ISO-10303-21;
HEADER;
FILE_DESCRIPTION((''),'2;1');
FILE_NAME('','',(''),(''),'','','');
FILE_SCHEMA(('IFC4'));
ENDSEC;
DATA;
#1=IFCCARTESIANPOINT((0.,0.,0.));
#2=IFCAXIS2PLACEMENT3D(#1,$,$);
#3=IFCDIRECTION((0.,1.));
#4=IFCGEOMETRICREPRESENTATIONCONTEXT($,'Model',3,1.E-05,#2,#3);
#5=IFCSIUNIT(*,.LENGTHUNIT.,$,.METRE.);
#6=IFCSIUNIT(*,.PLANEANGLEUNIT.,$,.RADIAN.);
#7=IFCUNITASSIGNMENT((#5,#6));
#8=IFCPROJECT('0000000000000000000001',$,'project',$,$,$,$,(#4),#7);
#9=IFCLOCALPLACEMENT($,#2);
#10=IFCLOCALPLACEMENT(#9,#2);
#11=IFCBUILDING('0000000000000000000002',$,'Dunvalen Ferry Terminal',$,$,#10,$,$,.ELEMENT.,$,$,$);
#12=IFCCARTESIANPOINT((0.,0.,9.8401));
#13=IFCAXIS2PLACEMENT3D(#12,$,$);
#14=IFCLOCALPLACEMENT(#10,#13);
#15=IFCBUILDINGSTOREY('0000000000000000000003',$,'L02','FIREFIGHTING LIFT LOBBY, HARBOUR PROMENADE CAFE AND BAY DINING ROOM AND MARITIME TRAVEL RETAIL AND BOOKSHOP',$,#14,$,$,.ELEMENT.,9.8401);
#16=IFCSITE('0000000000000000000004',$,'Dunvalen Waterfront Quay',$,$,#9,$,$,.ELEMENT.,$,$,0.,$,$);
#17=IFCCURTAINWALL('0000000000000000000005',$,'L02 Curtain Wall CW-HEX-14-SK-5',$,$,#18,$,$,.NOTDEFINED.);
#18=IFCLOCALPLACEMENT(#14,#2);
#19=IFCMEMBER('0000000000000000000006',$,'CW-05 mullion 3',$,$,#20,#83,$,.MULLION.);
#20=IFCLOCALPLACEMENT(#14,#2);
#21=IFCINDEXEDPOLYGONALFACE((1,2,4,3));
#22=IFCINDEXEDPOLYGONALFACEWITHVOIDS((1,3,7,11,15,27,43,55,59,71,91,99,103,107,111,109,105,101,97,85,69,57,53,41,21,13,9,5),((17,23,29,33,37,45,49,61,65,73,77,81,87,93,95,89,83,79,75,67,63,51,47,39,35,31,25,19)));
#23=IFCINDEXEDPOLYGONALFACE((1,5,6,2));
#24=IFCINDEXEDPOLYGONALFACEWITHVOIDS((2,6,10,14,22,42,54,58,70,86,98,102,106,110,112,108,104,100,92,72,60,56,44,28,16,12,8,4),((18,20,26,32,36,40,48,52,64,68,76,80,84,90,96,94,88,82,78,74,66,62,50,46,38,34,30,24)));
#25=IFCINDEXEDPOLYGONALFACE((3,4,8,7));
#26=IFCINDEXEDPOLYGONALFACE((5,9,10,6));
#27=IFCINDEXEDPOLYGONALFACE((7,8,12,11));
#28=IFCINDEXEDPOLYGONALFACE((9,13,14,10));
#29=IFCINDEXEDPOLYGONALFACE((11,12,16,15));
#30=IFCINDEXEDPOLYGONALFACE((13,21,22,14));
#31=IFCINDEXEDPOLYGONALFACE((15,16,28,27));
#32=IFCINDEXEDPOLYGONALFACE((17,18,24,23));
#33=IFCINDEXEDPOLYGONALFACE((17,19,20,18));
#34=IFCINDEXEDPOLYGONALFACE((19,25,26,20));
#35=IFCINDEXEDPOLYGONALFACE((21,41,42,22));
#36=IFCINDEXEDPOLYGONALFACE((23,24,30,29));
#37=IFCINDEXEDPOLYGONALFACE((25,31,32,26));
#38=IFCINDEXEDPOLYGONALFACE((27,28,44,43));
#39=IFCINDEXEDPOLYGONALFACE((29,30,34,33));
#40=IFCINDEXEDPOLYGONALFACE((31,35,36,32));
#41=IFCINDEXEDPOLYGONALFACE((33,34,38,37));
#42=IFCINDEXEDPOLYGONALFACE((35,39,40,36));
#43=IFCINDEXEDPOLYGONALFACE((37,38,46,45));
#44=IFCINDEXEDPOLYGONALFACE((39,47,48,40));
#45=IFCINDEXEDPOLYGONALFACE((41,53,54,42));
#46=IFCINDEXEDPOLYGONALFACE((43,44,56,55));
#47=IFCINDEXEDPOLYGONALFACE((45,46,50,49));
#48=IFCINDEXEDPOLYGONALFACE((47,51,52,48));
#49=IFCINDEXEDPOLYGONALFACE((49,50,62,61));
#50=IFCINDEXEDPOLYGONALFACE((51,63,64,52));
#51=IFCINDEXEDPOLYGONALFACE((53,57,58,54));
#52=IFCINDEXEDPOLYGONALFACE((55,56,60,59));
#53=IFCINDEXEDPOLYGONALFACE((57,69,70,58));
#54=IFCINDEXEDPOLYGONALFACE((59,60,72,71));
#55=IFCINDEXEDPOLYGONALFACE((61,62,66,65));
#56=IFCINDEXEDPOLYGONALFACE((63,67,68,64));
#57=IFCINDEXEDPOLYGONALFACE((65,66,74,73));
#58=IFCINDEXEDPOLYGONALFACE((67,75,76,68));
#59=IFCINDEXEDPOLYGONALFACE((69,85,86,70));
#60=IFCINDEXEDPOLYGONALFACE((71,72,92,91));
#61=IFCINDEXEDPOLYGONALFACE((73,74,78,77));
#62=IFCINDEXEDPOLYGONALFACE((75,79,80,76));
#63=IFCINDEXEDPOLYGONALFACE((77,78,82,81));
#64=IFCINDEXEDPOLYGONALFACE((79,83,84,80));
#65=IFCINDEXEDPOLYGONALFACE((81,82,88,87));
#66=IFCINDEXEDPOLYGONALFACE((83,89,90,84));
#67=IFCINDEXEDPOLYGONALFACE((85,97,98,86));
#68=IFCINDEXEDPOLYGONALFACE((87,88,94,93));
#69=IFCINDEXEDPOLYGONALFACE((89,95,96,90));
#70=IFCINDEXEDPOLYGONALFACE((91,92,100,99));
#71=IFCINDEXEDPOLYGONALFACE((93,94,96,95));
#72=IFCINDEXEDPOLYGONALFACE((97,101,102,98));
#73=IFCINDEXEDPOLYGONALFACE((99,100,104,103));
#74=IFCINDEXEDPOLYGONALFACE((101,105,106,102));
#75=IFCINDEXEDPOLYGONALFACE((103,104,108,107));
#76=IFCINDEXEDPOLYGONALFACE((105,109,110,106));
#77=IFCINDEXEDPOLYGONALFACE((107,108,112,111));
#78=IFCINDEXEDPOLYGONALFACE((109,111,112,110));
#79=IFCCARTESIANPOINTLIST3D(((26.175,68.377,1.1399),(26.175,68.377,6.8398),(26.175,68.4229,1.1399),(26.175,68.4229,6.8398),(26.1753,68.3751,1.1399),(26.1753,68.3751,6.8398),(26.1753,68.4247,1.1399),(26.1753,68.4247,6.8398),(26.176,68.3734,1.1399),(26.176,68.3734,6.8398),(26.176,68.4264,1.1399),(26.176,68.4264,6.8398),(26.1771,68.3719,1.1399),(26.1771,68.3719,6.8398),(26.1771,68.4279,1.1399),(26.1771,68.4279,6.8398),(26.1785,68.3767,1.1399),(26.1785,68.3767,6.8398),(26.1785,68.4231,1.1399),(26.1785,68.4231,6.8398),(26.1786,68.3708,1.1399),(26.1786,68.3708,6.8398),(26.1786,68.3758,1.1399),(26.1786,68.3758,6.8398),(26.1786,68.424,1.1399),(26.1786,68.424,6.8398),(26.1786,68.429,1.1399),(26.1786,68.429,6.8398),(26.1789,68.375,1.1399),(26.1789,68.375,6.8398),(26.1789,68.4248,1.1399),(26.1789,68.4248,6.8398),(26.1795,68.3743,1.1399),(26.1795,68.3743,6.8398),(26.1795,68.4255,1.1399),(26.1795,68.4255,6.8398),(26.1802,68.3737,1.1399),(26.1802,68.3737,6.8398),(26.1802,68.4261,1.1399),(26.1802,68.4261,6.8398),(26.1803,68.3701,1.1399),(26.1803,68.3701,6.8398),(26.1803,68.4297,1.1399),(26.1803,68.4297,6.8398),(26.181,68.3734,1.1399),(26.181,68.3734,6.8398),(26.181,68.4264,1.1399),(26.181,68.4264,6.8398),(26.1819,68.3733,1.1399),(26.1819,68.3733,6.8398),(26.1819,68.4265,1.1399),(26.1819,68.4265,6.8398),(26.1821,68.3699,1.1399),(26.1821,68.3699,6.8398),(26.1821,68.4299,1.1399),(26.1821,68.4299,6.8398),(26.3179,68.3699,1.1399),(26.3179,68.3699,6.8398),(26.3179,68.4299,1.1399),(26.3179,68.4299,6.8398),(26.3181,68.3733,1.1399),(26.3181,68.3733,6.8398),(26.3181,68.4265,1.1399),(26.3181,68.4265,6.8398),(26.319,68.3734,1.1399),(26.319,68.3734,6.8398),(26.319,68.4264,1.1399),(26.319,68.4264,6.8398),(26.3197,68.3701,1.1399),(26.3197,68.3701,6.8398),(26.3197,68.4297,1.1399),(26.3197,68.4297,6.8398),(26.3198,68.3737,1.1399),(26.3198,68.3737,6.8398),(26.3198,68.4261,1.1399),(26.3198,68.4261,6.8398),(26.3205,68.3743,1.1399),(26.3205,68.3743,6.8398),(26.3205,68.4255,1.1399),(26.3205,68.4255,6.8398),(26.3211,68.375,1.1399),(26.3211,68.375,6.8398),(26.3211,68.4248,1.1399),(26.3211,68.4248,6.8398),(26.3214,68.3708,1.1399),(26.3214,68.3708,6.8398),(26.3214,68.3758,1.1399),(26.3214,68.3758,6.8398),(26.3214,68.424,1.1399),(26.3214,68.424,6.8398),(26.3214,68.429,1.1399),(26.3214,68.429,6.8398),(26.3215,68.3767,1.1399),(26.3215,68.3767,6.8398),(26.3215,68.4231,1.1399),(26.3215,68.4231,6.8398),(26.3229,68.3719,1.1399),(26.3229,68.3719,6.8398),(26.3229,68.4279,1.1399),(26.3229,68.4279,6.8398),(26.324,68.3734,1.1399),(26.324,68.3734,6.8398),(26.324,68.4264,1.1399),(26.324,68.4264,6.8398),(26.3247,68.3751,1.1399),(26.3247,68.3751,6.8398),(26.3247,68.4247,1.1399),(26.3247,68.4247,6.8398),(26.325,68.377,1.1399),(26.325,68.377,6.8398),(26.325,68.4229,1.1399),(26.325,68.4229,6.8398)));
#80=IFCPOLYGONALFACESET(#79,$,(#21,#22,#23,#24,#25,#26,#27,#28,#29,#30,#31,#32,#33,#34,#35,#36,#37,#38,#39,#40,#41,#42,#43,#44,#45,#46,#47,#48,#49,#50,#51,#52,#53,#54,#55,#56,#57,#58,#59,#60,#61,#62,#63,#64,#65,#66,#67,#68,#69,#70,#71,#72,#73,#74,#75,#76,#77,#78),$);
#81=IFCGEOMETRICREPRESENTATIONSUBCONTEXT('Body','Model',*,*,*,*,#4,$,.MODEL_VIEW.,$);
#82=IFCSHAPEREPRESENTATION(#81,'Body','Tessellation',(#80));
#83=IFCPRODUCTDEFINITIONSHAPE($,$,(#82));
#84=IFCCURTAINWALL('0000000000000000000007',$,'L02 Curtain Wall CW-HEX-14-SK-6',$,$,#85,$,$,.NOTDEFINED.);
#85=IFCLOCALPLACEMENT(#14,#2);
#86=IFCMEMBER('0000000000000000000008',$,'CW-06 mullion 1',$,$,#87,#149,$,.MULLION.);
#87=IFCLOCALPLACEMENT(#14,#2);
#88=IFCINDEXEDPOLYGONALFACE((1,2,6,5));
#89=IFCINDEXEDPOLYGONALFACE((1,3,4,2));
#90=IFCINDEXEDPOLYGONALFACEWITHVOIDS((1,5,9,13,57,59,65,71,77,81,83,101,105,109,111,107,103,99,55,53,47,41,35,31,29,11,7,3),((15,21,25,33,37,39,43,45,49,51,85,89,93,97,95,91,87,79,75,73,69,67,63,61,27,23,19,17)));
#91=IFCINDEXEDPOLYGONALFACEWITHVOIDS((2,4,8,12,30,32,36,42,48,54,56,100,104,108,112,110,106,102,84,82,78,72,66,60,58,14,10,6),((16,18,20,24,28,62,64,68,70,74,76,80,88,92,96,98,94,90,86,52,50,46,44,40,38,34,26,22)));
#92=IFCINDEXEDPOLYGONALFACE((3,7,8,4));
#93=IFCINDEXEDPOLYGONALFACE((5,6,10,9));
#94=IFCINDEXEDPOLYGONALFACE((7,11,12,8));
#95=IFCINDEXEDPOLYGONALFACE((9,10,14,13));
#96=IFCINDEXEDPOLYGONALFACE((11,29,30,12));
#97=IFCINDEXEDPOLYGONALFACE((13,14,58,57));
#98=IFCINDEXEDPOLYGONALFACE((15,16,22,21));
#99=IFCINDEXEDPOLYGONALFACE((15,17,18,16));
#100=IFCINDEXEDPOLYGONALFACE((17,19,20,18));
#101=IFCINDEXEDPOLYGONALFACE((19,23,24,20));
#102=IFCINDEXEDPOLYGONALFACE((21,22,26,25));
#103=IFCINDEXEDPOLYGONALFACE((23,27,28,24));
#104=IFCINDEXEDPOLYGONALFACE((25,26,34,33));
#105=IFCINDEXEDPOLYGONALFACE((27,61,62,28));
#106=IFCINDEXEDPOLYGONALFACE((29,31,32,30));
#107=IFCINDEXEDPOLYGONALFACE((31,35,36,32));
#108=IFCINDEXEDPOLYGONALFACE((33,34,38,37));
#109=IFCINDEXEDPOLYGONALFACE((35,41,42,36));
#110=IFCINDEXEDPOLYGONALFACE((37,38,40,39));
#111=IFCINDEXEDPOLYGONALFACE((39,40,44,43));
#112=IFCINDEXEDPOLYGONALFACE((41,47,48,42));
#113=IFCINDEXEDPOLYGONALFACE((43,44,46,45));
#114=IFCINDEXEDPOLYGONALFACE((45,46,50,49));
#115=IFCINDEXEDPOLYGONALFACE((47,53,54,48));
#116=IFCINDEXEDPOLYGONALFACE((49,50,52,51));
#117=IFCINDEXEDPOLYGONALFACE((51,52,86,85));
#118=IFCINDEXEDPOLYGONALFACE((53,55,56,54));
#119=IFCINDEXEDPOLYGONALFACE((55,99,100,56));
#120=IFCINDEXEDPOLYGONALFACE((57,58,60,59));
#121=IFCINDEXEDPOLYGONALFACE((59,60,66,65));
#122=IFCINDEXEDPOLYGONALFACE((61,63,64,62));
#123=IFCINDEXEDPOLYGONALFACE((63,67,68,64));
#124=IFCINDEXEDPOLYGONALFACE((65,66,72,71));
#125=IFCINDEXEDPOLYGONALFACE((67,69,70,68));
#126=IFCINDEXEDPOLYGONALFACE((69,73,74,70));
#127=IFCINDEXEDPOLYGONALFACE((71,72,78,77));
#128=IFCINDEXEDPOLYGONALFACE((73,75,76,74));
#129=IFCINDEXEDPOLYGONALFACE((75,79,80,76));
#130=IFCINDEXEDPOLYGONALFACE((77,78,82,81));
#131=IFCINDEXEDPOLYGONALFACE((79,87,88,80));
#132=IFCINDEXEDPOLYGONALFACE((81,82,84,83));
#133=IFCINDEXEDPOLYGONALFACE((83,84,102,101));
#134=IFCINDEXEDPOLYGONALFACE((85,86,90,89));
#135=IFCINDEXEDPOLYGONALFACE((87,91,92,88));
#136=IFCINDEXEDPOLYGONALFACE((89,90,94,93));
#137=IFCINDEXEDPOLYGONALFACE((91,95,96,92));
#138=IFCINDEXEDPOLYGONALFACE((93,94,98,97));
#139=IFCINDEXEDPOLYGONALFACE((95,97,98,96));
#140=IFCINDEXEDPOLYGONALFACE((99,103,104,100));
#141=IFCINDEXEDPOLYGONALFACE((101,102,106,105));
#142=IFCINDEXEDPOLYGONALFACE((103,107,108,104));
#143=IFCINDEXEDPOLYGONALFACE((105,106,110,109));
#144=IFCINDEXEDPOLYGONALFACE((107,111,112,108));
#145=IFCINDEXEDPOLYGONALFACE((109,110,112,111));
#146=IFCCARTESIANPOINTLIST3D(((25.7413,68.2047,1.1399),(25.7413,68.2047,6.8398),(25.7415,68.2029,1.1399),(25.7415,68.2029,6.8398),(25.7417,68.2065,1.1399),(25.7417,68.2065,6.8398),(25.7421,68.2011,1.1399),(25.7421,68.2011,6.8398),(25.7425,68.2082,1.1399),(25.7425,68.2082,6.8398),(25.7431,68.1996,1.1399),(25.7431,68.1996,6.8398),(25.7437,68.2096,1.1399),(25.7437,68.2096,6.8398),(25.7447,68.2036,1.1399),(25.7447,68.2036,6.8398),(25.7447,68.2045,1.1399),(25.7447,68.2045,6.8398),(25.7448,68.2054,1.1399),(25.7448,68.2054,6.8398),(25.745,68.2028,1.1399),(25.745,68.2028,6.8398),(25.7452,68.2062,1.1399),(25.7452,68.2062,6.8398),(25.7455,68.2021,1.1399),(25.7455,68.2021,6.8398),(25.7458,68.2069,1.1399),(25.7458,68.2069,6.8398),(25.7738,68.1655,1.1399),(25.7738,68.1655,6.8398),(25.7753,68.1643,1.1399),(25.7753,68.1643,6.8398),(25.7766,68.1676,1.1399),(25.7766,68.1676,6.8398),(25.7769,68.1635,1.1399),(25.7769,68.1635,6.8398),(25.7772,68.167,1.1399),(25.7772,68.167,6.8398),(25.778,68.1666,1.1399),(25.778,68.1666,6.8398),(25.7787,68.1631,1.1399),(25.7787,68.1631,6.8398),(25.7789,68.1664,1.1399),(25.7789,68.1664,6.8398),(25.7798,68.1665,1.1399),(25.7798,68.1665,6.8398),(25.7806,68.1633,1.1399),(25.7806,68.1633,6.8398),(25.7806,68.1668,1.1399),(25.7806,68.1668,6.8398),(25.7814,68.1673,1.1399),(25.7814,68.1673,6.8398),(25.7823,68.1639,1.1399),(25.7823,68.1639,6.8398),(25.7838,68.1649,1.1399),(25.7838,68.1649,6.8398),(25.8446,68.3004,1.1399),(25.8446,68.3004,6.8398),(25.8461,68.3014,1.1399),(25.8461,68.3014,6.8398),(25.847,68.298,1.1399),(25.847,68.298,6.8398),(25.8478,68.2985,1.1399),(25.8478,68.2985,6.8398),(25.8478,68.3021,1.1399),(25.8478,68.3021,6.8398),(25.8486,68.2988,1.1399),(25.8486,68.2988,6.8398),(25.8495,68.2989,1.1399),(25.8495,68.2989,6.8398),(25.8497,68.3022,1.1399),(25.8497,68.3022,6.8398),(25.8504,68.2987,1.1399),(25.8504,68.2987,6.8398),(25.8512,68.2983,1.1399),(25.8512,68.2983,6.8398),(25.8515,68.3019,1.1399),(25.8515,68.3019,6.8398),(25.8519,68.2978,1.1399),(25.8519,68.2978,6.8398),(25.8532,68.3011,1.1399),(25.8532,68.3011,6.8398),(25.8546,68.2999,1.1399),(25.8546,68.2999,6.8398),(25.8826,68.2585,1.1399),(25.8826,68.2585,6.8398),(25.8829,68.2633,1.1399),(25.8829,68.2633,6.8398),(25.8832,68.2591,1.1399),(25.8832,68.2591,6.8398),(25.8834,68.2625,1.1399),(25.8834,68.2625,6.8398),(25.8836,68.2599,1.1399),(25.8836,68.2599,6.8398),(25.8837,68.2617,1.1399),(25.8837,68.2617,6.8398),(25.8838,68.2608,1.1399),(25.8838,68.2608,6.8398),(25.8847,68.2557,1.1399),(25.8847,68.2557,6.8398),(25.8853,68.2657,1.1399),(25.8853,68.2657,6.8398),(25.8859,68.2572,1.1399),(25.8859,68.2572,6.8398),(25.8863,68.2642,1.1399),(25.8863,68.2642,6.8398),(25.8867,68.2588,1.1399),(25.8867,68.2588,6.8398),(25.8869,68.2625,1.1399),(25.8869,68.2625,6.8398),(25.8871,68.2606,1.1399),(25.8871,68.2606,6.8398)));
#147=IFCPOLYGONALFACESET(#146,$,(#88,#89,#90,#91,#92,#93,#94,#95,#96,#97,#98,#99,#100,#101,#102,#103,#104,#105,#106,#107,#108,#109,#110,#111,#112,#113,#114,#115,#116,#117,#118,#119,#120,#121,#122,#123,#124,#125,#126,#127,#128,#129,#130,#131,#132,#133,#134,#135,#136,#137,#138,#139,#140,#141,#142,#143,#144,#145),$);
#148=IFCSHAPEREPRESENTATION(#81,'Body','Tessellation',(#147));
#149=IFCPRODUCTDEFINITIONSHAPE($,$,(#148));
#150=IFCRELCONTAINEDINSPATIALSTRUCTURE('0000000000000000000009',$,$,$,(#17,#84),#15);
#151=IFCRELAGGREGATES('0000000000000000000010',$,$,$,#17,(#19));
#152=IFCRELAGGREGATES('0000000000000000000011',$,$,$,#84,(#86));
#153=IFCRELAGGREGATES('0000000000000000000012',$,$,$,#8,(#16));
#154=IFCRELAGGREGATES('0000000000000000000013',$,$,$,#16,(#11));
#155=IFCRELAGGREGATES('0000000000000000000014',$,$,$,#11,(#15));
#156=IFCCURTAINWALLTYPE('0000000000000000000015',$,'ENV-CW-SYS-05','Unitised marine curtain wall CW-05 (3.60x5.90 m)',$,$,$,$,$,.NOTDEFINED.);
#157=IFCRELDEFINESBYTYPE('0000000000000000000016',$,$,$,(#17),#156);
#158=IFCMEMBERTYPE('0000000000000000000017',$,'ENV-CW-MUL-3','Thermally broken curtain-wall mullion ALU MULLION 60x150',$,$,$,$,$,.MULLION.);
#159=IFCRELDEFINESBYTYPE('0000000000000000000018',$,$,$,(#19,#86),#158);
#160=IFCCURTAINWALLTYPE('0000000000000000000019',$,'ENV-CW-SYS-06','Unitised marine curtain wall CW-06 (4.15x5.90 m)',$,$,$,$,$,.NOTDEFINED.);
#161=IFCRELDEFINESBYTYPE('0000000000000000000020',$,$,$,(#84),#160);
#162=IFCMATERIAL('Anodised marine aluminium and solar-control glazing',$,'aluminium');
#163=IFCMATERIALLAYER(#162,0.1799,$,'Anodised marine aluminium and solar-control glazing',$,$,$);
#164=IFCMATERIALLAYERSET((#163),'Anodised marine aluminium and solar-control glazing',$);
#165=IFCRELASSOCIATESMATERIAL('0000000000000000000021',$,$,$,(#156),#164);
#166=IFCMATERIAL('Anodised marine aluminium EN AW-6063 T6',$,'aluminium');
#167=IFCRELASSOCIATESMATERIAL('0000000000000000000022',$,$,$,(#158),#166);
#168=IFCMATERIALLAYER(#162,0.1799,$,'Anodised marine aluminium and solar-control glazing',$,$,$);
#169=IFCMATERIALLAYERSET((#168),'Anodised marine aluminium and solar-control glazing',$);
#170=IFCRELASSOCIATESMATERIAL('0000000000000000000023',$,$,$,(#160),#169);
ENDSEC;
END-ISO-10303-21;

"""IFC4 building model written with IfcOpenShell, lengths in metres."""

from ifc_helpers import new_model, si_unit, direction, frame, origin, origin_2d, place, context, subcontext, project, spatial, hollow_rectangle, extrude, material, layer, layer_set, material_profile, profile_set, type_object, element, aggregate, save


model = new_model("IFC4")

# Units and contexts
model_context = context("Model", 3, precision=1e-05, world=origin(), true_north=direction((0.0, 1.0)))
body_context = subcontext(model_context, "Body", "Model", "MODEL_VIEW")
ifc_project = project(units=[si_unit("LENGTHUNIT", "METRE"), si_unit("PLANEANGLEUNIT", "RADIAN")], contexts=[model_context])

# Site, building, storey
site_placement = place(None, origin())
site = spatial("IfcSite", under=ifc_project, at=site_placement, Name="Dunvalen Waterfront Quay", CompositionType="ELEMENT", RefElevation=0.0)
building_placement = place(site_placement, origin())
building = spatial("IfcBuilding", under=site, at=building_placement, Name="Dunvalen Ferry Terminal", CompositionType="ELEMENT")
storey_placement = place(building_placement, frame((0.0, 0.0, 9.8401)))
storey = spatial("IfcBuildingStorey", under=building, at=storey_placement, Name="L02", Description="FIREFIGHTING LIFT LOBBY, HARBOUR PROMENADE CAFE AND BAY DINING ROOM AND MARITIME TRAVEL RETAIL AND BOOKSHOP", CompositionType="ELEMENT", Elevation=9.8401)

# Curtain walls, members
ifc_material_1 = material(Name="Anodised marine aluminium and solar-control glazing", Category="aluminium")
ifc_layer_1 = layer(ifc_material_1, 0.1799, Name="Anodised marine aluminium and solar-control glazing")
ifc_layer_set_1 = layer_set([ifc_layer_1], Name="Anodised marine aluminium and solar-control glazing")
curtain_wall_type_1 = type_object("IfcCurtainWallType", Name="ENV-CW-SYS-05", Description="Unitised marine curtain wall CW-05 (3.60x5.90 m)", PredefinedType="NOTDEFINED", material=ifc_layer_set_1)
curtain_wall_1_placement = place(storey_placement, origin())
curtain_wall_1 = element("IfcCurtainWall", 1, at=curtain_wall_1_placement, inside=storey, type_object=curtain_wall_type_1, Name="L02 Curtain Wall CW-HEX-14-SK-5", PredefinedType="NOTDEFINED")
ifc_material_2 = material(Name="Anodised marine aluminium EN AW-6063 T6", Category="aluminium")
ifc_material_profile_1 = material_profile(ifc_material_2, hollow_rectangle(XDim=0.0601, YDim=0.1499, WallThickness=0.0034, InnerFilletRadius=0.0034, OuterFilletRadius=0.0071, at=origin_2d()), Name="Anodised marine aluminium EN AW-6063 T6")
ifc_profile_set_1 = profile_set([ifc_material_profile_1], Name="Anodised marine aluminium EN AW-6063 T6")
member_type_1 = type_object("IfcMemberType", Name="ENV-CW-MUL-3", Description="Thermally broken curtain-wall mullion ALU MULLION 60x150", PredefinedType="MULLION", material=ifc_profile_set_1)
member_1_placement = place(storey_placement, frame((26.25, 68.3999, 1.1399), z_axis=(0.0, 0.0, 1.0), x_axis=(0.0, -1.0, 0.0)))
member_1 = element("IfcMember", 2, at=member_1_placement, type_object=member_type_1, Name="CW-05 mullion 3", PredefinedType="MULLION", context=body_context, shape_type="SweptSolid", body=[
    extrude(hollow_rectangle(XDim=0.0601, YDim=0.1499, WallThickness=0.0034, InnerFilletRadius=0.0034, OuterFilletRadius=0.0071, at=origin_2d()), origin(), (0.0, 0.0, 1.0), 5.7),
])
aggregate(curtain_wall_1, [member_1])
ifc_layer_2 = layer(ifc_material_1, 0.1799, Name="Anodised marine aluminium and solar-control glazing")
ifc_layer_set_2 = layer_set([ifc_layer_2], Name="Anodised marine aluminium and solar-control glazing")
curtain_wall_type_2 = type_object("IfcCurtainWallType", Name="ENV-CW-SYS-06", Description="Unitised marine curtain wall CW-06 (4.15x5.90 m)", PredefinedType="NOTDEFINED", material=ifc_layer_set_2)
curtain_wall_2_placement = place(storey_placement, origin())
curtain_wall_2 = element("IfcCurtainWall", 3, at=curtain_wall_2_placement, inside=storey, type_object=curtain_wall_type_2, Name="L02 Curtain Wall CW-HEX-14-SK-6", PredefinedType="NOTDEFINED")
member_2_placement = place(storey_placement, frame((25.8142, 68.2327, 1.1399), z_axis=(0.0, 0.0, 1.0), x_axis=(0.668954, -0.743304, 0.0)))
member_2 = element("IfcMember", 4, at=member_2_placement, type_object=member_type_1, Name="CW-06 mullion 1", PredefinedType="MULLION", context=body_context, shape_type="SweptSolid", body=[
    extrude(hollow_rectangle(XDim=0.0601, YDim=0.1499, WallThickness=0.0034, InnerFilletRadius=0.0034, OuterFilletRadius=0.0071, at=origin_2d()), origin(), (0.0, 0.0, 1.0), 5.7),
])
aggregate(curtain_wall_2, [member_2])

save(model, "model.ifc")
